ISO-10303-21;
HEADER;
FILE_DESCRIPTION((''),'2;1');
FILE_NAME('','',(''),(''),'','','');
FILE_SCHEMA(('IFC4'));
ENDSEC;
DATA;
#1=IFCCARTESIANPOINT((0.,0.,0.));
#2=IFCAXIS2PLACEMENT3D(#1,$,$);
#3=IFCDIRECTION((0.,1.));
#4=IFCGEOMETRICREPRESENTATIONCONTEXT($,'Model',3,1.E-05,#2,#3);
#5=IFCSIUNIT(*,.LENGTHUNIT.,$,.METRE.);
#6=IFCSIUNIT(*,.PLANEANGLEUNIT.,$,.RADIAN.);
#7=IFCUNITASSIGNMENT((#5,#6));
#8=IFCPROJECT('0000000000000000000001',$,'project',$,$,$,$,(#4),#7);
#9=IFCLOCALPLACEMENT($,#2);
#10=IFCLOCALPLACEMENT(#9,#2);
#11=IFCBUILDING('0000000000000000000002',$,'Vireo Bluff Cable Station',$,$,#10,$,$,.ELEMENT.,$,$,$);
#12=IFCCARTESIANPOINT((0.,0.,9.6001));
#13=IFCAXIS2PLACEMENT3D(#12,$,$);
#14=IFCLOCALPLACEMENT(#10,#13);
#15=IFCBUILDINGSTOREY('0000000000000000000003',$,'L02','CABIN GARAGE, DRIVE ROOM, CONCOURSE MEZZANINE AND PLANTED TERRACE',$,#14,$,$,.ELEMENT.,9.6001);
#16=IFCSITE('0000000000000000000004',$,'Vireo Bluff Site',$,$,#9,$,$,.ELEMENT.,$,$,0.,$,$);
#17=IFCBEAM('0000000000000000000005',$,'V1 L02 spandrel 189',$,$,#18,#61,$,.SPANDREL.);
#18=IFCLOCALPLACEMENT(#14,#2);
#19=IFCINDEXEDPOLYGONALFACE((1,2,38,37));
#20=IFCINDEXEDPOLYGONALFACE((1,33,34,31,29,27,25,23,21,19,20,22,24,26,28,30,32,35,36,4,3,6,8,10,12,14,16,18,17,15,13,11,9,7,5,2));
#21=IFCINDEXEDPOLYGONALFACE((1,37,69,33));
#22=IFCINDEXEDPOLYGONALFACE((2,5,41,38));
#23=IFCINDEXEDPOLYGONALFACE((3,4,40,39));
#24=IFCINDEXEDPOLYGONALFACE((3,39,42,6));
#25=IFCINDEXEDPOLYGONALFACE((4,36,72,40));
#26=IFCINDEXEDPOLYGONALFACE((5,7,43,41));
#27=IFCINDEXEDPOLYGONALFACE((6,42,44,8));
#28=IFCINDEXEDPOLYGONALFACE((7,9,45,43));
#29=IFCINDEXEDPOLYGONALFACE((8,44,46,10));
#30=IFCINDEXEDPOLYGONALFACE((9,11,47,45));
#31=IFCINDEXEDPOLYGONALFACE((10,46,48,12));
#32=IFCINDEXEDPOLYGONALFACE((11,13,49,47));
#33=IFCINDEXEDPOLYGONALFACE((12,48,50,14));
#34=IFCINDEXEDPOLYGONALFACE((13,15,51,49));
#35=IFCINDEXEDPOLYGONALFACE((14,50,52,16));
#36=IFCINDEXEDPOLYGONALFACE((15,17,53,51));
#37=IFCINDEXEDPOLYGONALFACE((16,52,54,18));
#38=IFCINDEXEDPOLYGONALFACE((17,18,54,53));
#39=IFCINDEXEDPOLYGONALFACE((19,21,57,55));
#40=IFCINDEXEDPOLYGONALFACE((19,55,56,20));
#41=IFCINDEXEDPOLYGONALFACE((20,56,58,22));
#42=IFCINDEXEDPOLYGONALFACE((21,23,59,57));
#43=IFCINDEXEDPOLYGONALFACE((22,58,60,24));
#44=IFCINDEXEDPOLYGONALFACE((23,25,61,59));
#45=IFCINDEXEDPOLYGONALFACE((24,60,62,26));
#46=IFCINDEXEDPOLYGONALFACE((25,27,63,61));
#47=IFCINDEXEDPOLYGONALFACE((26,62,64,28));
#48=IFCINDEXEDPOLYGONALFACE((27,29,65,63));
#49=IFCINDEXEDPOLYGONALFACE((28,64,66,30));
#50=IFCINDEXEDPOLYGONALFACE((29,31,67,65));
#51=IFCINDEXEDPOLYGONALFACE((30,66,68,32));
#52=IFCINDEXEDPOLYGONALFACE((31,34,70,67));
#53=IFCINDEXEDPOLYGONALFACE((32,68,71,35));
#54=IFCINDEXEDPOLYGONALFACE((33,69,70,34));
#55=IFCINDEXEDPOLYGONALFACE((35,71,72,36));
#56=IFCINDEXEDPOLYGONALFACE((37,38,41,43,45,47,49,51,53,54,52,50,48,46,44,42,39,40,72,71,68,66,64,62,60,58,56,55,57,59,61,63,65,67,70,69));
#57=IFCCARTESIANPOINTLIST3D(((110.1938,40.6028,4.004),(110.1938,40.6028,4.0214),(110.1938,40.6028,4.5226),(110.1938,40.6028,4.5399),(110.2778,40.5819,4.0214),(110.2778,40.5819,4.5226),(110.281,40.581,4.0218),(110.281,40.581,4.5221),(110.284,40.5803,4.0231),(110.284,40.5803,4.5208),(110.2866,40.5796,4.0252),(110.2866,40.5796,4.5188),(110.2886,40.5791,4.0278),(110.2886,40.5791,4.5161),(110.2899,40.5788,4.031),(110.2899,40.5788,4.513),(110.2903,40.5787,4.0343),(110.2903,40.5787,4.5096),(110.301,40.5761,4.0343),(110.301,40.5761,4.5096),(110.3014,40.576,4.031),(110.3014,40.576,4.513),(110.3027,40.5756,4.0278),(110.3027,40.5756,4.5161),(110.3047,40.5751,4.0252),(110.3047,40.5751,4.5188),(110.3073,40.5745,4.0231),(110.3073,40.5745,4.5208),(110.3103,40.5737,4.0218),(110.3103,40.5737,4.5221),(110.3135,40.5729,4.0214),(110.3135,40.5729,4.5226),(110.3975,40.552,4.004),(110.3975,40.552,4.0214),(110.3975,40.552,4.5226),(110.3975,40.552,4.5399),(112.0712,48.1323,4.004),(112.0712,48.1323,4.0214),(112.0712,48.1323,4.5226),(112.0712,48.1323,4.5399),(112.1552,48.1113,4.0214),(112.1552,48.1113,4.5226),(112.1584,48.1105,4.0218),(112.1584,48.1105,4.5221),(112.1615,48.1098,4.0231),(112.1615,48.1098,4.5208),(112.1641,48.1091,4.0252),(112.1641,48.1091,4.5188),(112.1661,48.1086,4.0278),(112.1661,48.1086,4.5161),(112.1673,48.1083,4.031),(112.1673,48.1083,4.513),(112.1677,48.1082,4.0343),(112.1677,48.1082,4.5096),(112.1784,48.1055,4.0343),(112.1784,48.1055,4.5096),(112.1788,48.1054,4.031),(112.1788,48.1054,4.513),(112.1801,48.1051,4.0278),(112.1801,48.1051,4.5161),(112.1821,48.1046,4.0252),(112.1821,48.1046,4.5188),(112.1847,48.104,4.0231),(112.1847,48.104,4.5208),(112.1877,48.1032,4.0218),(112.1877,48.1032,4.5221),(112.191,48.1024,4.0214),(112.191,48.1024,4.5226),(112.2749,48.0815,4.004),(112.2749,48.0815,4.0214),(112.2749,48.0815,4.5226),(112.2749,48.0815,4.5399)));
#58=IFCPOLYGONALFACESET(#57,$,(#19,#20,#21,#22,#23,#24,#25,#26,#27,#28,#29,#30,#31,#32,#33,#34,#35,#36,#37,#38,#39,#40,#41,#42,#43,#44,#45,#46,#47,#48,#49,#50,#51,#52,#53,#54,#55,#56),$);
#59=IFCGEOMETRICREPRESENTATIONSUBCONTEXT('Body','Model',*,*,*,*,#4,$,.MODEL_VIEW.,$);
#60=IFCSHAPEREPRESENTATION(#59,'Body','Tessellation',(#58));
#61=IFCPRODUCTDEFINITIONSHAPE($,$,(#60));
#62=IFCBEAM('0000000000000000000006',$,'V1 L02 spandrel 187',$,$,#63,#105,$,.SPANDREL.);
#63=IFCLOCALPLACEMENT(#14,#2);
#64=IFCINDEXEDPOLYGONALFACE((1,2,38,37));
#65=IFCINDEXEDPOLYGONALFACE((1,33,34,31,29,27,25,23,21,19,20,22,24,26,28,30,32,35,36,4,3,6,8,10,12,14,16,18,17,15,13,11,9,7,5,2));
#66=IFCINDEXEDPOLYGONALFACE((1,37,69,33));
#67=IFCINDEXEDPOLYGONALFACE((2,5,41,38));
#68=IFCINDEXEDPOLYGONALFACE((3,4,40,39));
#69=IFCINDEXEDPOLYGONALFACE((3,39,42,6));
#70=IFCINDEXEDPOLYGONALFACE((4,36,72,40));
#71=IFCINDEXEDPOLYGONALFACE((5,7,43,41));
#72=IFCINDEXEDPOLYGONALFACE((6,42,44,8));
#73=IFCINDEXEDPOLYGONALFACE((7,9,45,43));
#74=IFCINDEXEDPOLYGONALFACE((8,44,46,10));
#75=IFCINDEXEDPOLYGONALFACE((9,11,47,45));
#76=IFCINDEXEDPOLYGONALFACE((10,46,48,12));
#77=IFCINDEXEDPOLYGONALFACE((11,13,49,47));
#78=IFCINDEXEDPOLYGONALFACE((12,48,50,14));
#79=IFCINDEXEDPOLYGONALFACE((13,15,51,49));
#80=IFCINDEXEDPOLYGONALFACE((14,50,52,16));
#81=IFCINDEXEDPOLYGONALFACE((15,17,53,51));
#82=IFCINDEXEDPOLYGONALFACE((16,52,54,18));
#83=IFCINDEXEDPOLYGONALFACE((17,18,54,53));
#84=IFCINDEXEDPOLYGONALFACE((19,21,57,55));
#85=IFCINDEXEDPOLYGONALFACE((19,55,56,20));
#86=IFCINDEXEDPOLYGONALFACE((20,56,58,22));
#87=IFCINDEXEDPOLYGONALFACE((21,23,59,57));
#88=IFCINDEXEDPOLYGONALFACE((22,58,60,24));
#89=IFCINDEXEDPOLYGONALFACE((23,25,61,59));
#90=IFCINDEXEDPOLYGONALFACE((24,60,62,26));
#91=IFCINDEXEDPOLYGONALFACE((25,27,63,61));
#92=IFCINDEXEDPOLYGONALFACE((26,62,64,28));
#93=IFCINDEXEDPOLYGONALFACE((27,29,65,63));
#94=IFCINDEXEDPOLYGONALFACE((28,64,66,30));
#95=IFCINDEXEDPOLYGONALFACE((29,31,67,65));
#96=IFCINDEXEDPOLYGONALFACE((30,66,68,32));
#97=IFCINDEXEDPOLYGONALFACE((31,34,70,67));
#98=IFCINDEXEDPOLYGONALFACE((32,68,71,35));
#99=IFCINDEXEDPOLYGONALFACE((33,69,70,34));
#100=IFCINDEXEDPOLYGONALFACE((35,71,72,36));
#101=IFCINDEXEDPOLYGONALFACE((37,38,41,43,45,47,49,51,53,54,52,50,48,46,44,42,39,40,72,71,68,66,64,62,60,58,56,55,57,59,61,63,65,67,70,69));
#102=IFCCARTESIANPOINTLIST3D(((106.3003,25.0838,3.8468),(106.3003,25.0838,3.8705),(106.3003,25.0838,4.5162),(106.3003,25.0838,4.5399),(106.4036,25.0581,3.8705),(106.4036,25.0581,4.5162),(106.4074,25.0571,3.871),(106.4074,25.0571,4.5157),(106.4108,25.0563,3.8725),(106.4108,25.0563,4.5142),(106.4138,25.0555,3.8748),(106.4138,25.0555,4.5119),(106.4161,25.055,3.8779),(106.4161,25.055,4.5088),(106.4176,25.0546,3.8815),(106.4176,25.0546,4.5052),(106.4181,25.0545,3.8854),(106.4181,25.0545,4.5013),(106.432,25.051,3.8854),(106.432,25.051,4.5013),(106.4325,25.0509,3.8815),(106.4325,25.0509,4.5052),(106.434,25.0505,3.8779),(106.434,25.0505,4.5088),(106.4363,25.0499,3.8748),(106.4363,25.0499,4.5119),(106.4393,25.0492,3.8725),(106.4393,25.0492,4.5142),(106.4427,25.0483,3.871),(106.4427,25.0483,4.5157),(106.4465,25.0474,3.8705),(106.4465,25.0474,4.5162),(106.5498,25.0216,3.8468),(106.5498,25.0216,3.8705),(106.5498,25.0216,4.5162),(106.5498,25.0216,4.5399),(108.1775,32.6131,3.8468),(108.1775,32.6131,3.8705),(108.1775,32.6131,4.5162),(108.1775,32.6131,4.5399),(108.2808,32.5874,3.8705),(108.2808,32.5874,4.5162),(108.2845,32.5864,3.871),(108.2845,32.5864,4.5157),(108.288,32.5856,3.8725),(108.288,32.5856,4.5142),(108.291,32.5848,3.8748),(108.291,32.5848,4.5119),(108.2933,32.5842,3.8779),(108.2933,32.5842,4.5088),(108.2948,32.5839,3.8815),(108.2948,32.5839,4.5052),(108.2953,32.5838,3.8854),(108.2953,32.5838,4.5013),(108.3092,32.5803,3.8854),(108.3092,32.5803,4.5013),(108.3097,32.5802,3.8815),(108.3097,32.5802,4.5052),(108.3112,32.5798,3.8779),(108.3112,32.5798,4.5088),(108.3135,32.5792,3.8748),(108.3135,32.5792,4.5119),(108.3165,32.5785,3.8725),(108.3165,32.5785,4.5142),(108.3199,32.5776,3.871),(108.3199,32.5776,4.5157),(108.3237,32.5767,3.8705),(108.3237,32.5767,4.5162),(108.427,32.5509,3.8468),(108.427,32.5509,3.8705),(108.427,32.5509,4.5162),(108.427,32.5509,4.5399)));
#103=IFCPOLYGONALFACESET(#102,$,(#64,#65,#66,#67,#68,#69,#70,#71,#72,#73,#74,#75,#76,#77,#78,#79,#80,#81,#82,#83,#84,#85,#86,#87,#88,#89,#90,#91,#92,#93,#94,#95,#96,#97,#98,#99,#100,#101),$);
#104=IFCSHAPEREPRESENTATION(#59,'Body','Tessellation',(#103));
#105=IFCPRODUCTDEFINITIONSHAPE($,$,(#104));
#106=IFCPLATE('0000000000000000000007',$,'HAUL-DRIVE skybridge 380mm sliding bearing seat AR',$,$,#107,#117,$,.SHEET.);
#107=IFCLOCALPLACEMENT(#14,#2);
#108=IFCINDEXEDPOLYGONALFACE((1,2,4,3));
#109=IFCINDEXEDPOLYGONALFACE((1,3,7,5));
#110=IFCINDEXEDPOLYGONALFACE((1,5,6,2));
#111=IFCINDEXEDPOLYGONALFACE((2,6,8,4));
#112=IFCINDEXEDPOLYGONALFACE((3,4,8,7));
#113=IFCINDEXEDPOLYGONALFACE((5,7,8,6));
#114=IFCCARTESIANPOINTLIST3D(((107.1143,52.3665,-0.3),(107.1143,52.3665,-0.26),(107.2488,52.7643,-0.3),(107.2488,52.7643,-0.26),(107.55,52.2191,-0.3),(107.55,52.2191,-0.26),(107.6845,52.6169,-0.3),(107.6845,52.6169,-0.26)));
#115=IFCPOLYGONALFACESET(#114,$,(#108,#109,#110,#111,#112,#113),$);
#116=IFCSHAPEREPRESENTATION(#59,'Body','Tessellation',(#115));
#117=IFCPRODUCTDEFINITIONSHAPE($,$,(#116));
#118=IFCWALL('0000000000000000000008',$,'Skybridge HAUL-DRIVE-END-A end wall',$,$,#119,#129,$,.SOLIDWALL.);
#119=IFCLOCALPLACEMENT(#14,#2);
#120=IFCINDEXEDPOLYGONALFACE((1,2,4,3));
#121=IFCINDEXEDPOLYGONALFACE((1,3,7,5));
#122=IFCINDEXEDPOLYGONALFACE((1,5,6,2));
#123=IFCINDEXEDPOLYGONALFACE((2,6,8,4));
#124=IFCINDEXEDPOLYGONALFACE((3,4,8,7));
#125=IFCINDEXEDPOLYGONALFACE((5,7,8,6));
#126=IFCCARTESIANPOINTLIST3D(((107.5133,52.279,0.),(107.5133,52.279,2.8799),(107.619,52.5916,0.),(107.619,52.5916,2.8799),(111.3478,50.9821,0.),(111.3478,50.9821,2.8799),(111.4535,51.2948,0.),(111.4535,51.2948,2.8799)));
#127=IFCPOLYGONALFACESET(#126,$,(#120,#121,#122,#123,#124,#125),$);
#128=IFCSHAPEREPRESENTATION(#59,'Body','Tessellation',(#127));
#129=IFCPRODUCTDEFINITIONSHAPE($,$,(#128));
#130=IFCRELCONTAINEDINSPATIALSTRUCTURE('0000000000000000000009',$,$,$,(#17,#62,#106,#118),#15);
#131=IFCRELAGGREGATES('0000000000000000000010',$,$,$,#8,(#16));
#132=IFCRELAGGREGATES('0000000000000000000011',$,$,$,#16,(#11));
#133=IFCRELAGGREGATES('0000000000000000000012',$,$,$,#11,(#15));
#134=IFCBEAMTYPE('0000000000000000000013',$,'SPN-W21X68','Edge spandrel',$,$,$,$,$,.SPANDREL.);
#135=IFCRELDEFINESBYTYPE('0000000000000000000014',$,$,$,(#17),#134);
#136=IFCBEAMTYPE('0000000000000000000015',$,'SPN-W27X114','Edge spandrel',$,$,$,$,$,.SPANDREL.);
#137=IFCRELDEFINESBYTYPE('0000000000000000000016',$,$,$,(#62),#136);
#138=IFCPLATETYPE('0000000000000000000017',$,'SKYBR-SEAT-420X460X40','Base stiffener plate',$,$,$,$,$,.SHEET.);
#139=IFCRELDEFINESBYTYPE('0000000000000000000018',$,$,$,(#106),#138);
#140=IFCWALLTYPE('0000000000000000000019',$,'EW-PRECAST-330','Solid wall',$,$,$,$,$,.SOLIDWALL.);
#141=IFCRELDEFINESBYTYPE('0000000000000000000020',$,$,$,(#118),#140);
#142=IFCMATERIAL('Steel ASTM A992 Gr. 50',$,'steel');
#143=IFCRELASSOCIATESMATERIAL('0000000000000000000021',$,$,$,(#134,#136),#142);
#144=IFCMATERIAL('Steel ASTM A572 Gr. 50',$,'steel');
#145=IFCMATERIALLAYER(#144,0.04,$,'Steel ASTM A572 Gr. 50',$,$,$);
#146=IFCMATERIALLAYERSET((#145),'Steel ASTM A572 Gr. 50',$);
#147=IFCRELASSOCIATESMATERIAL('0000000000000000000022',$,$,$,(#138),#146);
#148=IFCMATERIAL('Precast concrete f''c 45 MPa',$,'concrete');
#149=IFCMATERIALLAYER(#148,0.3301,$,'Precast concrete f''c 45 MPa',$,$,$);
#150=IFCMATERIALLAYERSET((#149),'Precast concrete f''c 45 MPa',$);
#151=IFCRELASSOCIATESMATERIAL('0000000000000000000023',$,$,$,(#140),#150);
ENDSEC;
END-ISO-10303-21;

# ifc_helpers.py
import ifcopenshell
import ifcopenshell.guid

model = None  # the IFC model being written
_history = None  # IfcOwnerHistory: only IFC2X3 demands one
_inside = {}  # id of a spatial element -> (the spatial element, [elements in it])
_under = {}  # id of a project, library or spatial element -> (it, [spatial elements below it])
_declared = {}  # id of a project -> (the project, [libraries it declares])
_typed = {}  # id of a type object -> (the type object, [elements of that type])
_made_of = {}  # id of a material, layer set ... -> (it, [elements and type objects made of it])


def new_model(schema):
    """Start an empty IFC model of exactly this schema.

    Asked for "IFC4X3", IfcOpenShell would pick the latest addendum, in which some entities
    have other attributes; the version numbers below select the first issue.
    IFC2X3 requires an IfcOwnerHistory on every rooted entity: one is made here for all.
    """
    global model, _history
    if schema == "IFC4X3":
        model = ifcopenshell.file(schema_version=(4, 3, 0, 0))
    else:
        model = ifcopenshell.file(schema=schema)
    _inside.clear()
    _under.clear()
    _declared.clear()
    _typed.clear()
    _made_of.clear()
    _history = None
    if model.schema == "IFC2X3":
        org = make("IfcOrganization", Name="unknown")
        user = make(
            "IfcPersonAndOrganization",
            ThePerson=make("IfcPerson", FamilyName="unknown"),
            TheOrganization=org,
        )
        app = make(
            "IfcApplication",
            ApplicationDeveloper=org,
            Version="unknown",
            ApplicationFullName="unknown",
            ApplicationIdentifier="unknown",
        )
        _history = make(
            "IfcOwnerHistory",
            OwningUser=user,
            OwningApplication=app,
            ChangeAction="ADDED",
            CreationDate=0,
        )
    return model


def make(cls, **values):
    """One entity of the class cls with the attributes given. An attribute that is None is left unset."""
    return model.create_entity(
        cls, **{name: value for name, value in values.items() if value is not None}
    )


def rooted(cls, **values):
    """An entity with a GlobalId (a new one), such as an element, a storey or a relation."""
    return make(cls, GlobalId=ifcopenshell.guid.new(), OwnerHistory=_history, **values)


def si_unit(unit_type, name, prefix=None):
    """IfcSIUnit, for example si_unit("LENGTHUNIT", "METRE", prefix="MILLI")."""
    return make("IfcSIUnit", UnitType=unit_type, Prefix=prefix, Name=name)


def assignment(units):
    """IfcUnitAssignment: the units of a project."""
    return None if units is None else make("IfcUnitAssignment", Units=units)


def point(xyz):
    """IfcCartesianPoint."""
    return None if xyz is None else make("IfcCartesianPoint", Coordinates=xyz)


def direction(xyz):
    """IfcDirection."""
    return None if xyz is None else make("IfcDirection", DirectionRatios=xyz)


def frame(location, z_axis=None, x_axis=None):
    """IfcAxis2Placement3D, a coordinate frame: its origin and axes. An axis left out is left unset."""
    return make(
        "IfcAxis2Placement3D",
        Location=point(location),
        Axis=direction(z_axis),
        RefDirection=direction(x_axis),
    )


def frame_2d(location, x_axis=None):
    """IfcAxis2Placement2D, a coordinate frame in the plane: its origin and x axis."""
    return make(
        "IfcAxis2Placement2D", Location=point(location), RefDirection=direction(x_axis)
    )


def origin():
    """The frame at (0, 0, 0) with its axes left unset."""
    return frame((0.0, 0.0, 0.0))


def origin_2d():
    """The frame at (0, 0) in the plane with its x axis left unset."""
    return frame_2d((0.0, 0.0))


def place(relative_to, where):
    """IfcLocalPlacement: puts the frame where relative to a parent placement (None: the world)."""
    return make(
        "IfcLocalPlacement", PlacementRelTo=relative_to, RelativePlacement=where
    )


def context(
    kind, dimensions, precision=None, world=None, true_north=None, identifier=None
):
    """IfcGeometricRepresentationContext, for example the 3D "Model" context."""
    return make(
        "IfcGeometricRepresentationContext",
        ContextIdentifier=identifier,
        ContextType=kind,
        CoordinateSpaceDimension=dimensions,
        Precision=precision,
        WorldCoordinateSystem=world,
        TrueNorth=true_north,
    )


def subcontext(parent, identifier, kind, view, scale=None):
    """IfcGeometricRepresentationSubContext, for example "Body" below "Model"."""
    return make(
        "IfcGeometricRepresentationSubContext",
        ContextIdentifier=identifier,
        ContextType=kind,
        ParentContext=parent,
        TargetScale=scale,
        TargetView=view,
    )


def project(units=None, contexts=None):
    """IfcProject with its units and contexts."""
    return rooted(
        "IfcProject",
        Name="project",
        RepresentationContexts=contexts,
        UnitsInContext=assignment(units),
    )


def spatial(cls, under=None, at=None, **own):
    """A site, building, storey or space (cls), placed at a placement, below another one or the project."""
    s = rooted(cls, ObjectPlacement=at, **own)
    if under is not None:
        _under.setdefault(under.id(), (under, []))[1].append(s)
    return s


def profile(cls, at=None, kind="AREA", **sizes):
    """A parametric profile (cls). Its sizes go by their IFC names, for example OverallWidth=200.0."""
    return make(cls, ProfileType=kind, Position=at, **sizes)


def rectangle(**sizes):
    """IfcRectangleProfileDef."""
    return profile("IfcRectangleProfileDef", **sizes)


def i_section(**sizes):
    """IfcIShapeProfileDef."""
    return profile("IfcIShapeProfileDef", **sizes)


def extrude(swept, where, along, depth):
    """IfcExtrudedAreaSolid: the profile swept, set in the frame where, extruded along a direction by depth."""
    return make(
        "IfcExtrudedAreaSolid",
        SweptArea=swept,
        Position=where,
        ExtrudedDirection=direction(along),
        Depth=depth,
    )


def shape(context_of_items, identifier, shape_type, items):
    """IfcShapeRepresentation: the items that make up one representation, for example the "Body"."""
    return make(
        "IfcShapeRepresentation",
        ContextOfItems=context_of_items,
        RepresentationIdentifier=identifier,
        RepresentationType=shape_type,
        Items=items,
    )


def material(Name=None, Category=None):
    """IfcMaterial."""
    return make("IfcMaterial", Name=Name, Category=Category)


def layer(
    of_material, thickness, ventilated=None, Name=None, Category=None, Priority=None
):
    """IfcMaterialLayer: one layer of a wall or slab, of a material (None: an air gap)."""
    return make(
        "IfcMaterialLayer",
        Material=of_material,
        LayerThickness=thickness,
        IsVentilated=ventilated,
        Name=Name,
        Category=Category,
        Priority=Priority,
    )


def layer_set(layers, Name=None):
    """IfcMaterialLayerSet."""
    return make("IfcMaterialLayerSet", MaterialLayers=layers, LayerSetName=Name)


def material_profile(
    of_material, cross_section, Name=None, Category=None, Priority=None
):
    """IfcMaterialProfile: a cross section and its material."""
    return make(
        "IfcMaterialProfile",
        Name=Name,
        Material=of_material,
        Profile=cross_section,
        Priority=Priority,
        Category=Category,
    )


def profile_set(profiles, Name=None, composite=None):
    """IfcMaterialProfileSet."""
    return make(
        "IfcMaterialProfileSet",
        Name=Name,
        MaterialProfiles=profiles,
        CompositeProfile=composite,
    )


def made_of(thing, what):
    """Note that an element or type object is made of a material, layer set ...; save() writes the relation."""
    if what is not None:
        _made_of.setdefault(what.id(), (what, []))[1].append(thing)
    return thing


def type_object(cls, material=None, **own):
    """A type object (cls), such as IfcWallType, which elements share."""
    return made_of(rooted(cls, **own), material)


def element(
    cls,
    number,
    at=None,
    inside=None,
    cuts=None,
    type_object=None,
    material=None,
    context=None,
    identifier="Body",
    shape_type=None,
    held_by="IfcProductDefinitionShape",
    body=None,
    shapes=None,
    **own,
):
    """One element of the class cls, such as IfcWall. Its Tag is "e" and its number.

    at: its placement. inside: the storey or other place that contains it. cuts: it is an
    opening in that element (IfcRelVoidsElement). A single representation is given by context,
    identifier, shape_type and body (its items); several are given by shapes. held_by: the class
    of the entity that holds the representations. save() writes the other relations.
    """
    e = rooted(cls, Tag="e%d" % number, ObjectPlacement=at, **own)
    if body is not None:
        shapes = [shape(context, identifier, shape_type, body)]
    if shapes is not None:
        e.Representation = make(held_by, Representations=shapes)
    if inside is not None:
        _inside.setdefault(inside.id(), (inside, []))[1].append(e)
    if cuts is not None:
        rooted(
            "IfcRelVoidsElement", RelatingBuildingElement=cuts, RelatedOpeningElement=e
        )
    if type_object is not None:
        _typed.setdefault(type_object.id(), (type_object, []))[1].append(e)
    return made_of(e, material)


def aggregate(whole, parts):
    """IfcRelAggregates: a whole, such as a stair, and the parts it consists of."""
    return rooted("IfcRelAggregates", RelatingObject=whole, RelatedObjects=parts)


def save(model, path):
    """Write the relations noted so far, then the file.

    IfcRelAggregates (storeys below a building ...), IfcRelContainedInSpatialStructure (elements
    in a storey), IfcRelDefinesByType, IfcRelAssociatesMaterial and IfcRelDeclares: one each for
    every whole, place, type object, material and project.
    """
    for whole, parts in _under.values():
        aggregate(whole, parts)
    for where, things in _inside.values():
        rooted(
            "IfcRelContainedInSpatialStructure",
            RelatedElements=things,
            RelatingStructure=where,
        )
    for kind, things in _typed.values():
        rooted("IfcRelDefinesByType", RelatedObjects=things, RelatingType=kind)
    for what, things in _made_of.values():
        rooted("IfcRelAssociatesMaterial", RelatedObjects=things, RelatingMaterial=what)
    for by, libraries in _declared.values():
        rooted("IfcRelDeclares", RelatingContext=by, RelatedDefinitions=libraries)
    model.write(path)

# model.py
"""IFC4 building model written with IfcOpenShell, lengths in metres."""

from ifc_helpers import new_model, si_unit, direction, frame, frame_2d, origin, origin_2d, place, context, subcontext, project, spatial, rectangle, i_section, extrude, material, layer, layer_set, material_profile, profile_set, type_object, element, save


model = new_model("IFC4")

# Units and contexts
model_context = context("Model", 3, precision=1e-05, world=origin(), true_north=direction((0.0, 1.0)))
body_context = subcontext(model_context, "Body", "Model", "MODEL_VIEW")
ifc_project = project(units=[si_unit("LENGTHUNIT", "METRE"), si_unit("PLANEANGLEUNIT", "RADIAN")], contexts=[model_context])

# Site, building, storey
site_placement = place(None, origin())
site = spatial("IfcSite", under=ifc_project, at=site_placement, Name="Vireo Bluff Site", CompositionType="ELEMENT", RefElevation=0.0)
building_placement = place(site_placement, origin())
building = spatial("IfcBuilding", under=site, at=building_placement, Name="Vireo Bluff Cable Station", CompositionType="ELEMENT")
storey_placement = place(building_placement, frame((0.0, 0.0, 9.6001)))
storey = spatial("IfcBuildingStorey", under=building, at=storey_placement, Name="L02", Description="CABIN GARAGE, DRIVE ROOM, CONCOURSE MEZZANINE AND PLANTED TERRACE", CompositionType="ELEMENT", Elevation=9.6001)

# Shared definitions
ifc_material_1 = material(Name="Steel ASTM A992 Gr. 50", Category="steel")

# Beams
ifc_material_profile_1 = material_profile(ifc_material_1, i_section(OverallWidth=0.21, OverallDepth=0.5359, WebThickness=0.011, FlangeThickness=0.0173, FilletRadius=0.0129, at=origin_2d()), Name="W21X68")
ifc_profile_set_1 = profile_set([ifc_material_profile_1], Name="Steel ASTM A992 Gr. 50")
beam_type_1 = type_object("IfcBeamType", Name="SPN-W21X68", Description="Edge spandrel", PredefinedType="SPANDREL", material=ifc_profile_set_1)
beam_1_placement = place(storey_placement, frame((110.2957, 40.5774, 4.272), z_axis=(0.241936, 0.970292, 0.0), x_axis=(-0.970292, 0.241936, 0.0)))
element("IfcBeam", 1, at=beam_1_placement, inside=storey, type_object=beam_type_1, Name="V1 L02 spandrel 189", PredefinedType="SPANDREL", context=body_context, shape_type="SweptSolid", body=[
    extrude(i_section(OverallWidth=0.21, OverallDepth=0.5359, WebThickness=0.011, FlangeThickness=0.0173, FilletRadius=0.0129, at=origin_2d()), origin(), (0.0, 0.0, 1.0), 7.76),
])
ifc_material_profile_2 = material_profile(ifc_material_1, i_section(OverallWidth=0.2571, OverallDepth=0.6931, WebThickness=0.0144, FlangeThickness=0.0237, FilletRadius=0.0149, at=origin_2d()), Name="W27X114")
ifc_profile_set_2 = profile_set([ifc_material_profile_2], Name="Steel ASTM A992 Gr. 50")
beam_type_2 = type_object("IfcBeamType", Name="SPN-W27X114", Description="Edge spandrel", PredefinedType="SPANDREL", material=ifc_profile_set_2)
beam_2_placement = place(storey_placement, frame((106.425, 25.0527, 4.1934), z_axis=(0.241914, 0.970298, 0.0), x_axis=(-0.970298, 0.241914, 0.0)))
element("IfcBeam", 2, at=beam_2_placement, inside=storey, type_object=beam_type_2, Name="V1 L02 spandrel 187", PredefinedType="SPANDREL", context=body_context, shape_type="SweptSolid", body=[
    extrude(i_section(OverallWidth=0.2571, OverallDepth=0.6931, WebThickness=0.0144, FlangeThickness=0.0237, FilletRadius=0.0149, at=origin_2d()), origin(), (0.0, 0.0, 1.0), 7.7598),
])

# Plate
ifc_material_2 = material(Name="Steel ASTM A572 Gr. 50", Category="steel")
ifc_layer_1 = layer(ifc_material_2, 0.04, Name="Steel ASTM A572 Gr. 50")
ifc_layer_set_1 = layer_set([ifc_layer_1], Name="Steel ASTM A572 Gr. 50")
plate_type = type_object("IfcPlateType", Name="SKYBR-SEAT-420X460X40", Description="Base stiffener plate", PredefinedType="SHEET", material=ifc_layer_set_1)
plate_placement = place(storey_placement, frame((107.3994, 52.4917, -0.3), z_axis=(0.0, 0.0, 1.0), x_axis=(0.320352, 0.947299, 0.0)))
element("IfcPlate", 3, at=plate_placement, inside=storey, type_object=plate_type, Name="HAUL-DRIVE skybridge 380mm sliding bearing seat AR", PredefinedType="SHEET", context=body_context, shape_type="SweptSolid", body=[
    extrude(rectangle(XDim=0.4199, YDim=0.46, at=origin_2d()), origin(), (0.0, 0.0, 1.0), 0.04),
])

# Wall
ifc_material_3 = material(Name="Precast concrete f'c 45 MPa", Category="concrete")
ifc_layer_2 = layer(ifc_material_3, 0.3301, Name="Precast concrete f'c 45 MPa")
ifc_layer_set_2 = layer_set([ifc_layer_2], Name="Precast concrete f'c 45 MPa")
wall_type = type_object("IfcWallType", Name="EW-PRECAST-330", Description="Solid wall", PredefinedType="SOLIDWALL", material=ifc_layer_set_2)
wall_placement = place(storey_placement, frame((111.4006, 51.1384, 0.0), z_axis=(0.0, 0.0, 1.0), x_axis=(-0.947287, 0.320386, 0.0)))
element("IfcWall", 4, at=wall_placement, inside=storey, type_object=wall_type, Name="Skybridge HAUL-DRIVE-END-A end wall", PredefinedType="SOLIDWALL", context=body_context, shape_type="SweptSolid", body=[
    extrude(rectangle(XDim=4.0479, YDim=0.3301, at=frame_2d((2.0239, 0.0))), origin(), (0.0, 0.0, 1.0), 2.8799),
])

save(model, "model.ifc")
